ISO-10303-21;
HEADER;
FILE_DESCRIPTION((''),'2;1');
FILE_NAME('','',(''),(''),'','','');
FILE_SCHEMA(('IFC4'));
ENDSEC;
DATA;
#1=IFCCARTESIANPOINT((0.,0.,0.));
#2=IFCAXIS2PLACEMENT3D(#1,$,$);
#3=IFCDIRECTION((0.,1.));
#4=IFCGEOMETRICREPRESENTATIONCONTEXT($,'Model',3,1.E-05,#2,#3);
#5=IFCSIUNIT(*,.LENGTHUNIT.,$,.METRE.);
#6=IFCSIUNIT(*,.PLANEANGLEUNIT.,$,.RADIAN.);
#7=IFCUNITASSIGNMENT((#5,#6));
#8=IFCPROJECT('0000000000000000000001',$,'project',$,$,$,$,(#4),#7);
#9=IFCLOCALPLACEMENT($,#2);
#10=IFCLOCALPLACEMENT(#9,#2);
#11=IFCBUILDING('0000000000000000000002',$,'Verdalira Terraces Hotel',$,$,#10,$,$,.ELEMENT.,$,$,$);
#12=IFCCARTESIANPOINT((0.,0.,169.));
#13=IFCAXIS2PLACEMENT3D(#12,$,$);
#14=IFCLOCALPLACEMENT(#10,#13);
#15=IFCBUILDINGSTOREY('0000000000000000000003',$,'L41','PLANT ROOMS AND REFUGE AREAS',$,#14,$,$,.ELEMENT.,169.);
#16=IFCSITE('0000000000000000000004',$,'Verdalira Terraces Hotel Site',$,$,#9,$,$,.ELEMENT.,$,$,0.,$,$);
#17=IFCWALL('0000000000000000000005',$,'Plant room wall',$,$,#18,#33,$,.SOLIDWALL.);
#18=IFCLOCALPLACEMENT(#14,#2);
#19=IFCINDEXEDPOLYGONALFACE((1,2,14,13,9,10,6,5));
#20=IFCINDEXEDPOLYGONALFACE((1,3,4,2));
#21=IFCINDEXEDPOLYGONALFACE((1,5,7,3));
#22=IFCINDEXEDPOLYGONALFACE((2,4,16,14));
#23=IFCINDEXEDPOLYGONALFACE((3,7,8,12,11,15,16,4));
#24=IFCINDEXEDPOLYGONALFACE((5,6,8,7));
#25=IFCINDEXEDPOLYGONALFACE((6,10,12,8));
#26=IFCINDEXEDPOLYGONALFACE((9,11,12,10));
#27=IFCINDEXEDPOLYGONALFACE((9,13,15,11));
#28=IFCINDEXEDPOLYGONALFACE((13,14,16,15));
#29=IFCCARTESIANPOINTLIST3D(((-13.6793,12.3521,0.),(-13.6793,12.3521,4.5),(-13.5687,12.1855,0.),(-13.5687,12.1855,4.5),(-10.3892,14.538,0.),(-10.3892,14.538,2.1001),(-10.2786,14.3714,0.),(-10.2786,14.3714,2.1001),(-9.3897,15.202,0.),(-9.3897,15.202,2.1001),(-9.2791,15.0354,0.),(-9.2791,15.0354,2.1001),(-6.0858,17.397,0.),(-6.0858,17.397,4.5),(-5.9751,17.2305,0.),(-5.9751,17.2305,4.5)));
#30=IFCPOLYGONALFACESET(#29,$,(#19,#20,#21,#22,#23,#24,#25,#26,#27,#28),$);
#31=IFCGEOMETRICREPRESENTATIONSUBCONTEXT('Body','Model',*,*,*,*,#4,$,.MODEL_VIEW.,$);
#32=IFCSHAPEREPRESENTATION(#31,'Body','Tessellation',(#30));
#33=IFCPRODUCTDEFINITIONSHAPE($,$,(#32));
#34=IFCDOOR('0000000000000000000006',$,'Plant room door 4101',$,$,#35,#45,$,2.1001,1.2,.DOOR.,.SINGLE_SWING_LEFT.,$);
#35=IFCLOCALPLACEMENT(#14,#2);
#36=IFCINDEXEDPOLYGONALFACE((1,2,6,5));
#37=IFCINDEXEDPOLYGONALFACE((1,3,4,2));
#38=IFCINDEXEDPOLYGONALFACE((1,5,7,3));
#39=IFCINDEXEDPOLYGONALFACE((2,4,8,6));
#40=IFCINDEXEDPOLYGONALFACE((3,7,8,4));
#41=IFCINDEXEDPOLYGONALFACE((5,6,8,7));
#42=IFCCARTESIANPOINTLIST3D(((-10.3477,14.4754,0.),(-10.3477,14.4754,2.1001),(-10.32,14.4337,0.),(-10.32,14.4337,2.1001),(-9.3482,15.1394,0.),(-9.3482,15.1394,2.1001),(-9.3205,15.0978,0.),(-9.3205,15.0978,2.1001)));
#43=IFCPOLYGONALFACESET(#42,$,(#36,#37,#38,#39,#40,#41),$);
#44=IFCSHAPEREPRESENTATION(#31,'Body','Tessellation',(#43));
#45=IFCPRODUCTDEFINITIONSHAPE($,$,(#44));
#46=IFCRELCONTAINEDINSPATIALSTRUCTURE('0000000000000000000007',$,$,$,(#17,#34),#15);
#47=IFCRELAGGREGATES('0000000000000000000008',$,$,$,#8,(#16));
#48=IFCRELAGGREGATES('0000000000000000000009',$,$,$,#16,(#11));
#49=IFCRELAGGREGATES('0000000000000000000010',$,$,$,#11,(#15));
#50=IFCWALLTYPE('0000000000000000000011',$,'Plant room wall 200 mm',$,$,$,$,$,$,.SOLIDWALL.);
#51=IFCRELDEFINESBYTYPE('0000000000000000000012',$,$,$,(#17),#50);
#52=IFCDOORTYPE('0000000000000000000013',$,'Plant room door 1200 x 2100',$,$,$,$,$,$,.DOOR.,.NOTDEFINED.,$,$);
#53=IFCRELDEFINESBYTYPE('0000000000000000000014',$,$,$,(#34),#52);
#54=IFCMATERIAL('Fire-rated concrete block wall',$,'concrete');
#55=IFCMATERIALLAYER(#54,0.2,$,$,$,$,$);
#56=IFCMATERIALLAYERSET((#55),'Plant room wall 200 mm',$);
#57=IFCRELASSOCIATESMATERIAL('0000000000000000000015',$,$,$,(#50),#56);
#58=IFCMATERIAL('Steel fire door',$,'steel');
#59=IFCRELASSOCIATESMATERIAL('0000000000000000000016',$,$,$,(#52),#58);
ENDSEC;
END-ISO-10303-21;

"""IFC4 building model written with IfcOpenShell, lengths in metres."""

from ifc_helpers import new_model, si_unit, direction, frame, frame_2d, origin, place, context, subcontext, project, spatial, rectangle, extrude, material, layer, layer_set, type_object, element, fill, save


model = new_model("IFC4")

# Units and contexts
model_context = context("Model", 3, precision=1e-05, world=origin(), true_north=direction((0.0, 1.0)))
body_context = subcontext(model_context, "Body", "Model", "MODEL_VIEW")
ifc_project = project(units=[si_unit("LENGTHUNIT", "METRE"), si_unit("PLANEANGLEUNIT", "RADIAN")], contexts=[model_context])

# Site, building, storey
site_placement = place(None, origin())
site = spatial("IfcSite", under=ifc_project, at=site_placement, Name="Verdalira Terraces Hotel Site", CompositionType="ELEMENT", RefElevation=0.0)
building_placement = place(site_placement, origin())
building = spatial("IfcBuilding", under=site, at=building_placement, Name="Verdalira Terraces Hotel", CompositionType="ELEMENT")
storey_placement = place(building_placement, frame((0.0, 0.0, 169.0)))
storey = spatial("IfcBuildingStorey", under=building, at=storey_placement, Name="L41", Description="PLANT ROOMS AND REFUGE AREAS", CompositionType="ELEMENT", Elevation=169.0)

# Wall, opening, door
ifc_material_1 = material(Name="Fire-rated concrete block wall", Category="concrete")
ifc_layer_1 = layer(ifc_material_1, 0.2)
ifc_layer_set_1 = layer_set([ifc_layer_1], Name="Plant room wall 200 mm")
wall_type_1 = type_object("IfcWallType", Name="Plant room wall 200 mm", PredefinedType="SOLIDWALL", material=ifc_layer_set_1)
wall_1_placement = place(storey_placement, frame((-13.624, 12.2688, 0.0), z_axis=(0.0, 0.0, 1.0), x_axis=(0.832931, 0.553377, 0.0)))
wall_1 = element("IfcWall", 1, at=wall_1_placement, inside=storey, type_object=wall_type_1, Name="Plant room wall", PredefinedType="SOLIDWALL", context=body_context, shape_type="SweptSolid", body=[
    extrude(rectangle(XDim=9.1167, YDim=0.2, at=frame_2d((4.5583, 0.0))), origin(), (0.0, 0.0, 1.0), 4.5),
])
opening_1_placement = place(wall_1_placement, frame((3.95, 0.0, 0.0)))
opening_1 = element("IfcOpeningElement", 2, at=opening_1_placement, cuts=wall_1, PredefinedType="OPENING", context=body_context, shape_type="SweptSolid", body=[
    extrude(rectangle(XDim=1.2, YDim=2.1001, at=frame_2d((0.6001, 1.05))), frame((0.0, 0.1099, 0.0), z_axis=(0.0, -1.0, 0.0), x_axis=(1.0, 0.0, 0.0)), (0.0, 0.0, 1.0), 0.22),
])
ifc_material_2 = material(Name="Steel fire door", Category="steel")
door_type_1 = type_object("IfcDoorType", Name="Plant room door 1200 x 2100", OperationType="NOTDEFINED", PredefinedType="DOOR", material=ifc_material_2)
door_1_placement = place(opening_1_placement, origin())
door_1 = element("IfcDoor", 3, at=door_1_placement, inside=storey, type_object=door_type_1, Name="Plant room door 4101", OperationType="SINGLE_SWING_LEFT", OverallHeight=2.1001, OverallWidth=1.2, PredefinedType="DOOR", context=body_context, shape_type="SweptSolid", body=[
    extrude(rectangle(XDim=1.2, YDim=2.1001, at=frame_2d((0.6001, 1.05))), frame((0.0, 0.0249, 0.0), z_axis=(0.0, -1.0, 0.0), x_axis=(1.0, 0.0, 0.0)), (0.0, 0.0, 1.0), 0.05),
])
fill(opening_1, door_1)

save(model, "model.ifc")
